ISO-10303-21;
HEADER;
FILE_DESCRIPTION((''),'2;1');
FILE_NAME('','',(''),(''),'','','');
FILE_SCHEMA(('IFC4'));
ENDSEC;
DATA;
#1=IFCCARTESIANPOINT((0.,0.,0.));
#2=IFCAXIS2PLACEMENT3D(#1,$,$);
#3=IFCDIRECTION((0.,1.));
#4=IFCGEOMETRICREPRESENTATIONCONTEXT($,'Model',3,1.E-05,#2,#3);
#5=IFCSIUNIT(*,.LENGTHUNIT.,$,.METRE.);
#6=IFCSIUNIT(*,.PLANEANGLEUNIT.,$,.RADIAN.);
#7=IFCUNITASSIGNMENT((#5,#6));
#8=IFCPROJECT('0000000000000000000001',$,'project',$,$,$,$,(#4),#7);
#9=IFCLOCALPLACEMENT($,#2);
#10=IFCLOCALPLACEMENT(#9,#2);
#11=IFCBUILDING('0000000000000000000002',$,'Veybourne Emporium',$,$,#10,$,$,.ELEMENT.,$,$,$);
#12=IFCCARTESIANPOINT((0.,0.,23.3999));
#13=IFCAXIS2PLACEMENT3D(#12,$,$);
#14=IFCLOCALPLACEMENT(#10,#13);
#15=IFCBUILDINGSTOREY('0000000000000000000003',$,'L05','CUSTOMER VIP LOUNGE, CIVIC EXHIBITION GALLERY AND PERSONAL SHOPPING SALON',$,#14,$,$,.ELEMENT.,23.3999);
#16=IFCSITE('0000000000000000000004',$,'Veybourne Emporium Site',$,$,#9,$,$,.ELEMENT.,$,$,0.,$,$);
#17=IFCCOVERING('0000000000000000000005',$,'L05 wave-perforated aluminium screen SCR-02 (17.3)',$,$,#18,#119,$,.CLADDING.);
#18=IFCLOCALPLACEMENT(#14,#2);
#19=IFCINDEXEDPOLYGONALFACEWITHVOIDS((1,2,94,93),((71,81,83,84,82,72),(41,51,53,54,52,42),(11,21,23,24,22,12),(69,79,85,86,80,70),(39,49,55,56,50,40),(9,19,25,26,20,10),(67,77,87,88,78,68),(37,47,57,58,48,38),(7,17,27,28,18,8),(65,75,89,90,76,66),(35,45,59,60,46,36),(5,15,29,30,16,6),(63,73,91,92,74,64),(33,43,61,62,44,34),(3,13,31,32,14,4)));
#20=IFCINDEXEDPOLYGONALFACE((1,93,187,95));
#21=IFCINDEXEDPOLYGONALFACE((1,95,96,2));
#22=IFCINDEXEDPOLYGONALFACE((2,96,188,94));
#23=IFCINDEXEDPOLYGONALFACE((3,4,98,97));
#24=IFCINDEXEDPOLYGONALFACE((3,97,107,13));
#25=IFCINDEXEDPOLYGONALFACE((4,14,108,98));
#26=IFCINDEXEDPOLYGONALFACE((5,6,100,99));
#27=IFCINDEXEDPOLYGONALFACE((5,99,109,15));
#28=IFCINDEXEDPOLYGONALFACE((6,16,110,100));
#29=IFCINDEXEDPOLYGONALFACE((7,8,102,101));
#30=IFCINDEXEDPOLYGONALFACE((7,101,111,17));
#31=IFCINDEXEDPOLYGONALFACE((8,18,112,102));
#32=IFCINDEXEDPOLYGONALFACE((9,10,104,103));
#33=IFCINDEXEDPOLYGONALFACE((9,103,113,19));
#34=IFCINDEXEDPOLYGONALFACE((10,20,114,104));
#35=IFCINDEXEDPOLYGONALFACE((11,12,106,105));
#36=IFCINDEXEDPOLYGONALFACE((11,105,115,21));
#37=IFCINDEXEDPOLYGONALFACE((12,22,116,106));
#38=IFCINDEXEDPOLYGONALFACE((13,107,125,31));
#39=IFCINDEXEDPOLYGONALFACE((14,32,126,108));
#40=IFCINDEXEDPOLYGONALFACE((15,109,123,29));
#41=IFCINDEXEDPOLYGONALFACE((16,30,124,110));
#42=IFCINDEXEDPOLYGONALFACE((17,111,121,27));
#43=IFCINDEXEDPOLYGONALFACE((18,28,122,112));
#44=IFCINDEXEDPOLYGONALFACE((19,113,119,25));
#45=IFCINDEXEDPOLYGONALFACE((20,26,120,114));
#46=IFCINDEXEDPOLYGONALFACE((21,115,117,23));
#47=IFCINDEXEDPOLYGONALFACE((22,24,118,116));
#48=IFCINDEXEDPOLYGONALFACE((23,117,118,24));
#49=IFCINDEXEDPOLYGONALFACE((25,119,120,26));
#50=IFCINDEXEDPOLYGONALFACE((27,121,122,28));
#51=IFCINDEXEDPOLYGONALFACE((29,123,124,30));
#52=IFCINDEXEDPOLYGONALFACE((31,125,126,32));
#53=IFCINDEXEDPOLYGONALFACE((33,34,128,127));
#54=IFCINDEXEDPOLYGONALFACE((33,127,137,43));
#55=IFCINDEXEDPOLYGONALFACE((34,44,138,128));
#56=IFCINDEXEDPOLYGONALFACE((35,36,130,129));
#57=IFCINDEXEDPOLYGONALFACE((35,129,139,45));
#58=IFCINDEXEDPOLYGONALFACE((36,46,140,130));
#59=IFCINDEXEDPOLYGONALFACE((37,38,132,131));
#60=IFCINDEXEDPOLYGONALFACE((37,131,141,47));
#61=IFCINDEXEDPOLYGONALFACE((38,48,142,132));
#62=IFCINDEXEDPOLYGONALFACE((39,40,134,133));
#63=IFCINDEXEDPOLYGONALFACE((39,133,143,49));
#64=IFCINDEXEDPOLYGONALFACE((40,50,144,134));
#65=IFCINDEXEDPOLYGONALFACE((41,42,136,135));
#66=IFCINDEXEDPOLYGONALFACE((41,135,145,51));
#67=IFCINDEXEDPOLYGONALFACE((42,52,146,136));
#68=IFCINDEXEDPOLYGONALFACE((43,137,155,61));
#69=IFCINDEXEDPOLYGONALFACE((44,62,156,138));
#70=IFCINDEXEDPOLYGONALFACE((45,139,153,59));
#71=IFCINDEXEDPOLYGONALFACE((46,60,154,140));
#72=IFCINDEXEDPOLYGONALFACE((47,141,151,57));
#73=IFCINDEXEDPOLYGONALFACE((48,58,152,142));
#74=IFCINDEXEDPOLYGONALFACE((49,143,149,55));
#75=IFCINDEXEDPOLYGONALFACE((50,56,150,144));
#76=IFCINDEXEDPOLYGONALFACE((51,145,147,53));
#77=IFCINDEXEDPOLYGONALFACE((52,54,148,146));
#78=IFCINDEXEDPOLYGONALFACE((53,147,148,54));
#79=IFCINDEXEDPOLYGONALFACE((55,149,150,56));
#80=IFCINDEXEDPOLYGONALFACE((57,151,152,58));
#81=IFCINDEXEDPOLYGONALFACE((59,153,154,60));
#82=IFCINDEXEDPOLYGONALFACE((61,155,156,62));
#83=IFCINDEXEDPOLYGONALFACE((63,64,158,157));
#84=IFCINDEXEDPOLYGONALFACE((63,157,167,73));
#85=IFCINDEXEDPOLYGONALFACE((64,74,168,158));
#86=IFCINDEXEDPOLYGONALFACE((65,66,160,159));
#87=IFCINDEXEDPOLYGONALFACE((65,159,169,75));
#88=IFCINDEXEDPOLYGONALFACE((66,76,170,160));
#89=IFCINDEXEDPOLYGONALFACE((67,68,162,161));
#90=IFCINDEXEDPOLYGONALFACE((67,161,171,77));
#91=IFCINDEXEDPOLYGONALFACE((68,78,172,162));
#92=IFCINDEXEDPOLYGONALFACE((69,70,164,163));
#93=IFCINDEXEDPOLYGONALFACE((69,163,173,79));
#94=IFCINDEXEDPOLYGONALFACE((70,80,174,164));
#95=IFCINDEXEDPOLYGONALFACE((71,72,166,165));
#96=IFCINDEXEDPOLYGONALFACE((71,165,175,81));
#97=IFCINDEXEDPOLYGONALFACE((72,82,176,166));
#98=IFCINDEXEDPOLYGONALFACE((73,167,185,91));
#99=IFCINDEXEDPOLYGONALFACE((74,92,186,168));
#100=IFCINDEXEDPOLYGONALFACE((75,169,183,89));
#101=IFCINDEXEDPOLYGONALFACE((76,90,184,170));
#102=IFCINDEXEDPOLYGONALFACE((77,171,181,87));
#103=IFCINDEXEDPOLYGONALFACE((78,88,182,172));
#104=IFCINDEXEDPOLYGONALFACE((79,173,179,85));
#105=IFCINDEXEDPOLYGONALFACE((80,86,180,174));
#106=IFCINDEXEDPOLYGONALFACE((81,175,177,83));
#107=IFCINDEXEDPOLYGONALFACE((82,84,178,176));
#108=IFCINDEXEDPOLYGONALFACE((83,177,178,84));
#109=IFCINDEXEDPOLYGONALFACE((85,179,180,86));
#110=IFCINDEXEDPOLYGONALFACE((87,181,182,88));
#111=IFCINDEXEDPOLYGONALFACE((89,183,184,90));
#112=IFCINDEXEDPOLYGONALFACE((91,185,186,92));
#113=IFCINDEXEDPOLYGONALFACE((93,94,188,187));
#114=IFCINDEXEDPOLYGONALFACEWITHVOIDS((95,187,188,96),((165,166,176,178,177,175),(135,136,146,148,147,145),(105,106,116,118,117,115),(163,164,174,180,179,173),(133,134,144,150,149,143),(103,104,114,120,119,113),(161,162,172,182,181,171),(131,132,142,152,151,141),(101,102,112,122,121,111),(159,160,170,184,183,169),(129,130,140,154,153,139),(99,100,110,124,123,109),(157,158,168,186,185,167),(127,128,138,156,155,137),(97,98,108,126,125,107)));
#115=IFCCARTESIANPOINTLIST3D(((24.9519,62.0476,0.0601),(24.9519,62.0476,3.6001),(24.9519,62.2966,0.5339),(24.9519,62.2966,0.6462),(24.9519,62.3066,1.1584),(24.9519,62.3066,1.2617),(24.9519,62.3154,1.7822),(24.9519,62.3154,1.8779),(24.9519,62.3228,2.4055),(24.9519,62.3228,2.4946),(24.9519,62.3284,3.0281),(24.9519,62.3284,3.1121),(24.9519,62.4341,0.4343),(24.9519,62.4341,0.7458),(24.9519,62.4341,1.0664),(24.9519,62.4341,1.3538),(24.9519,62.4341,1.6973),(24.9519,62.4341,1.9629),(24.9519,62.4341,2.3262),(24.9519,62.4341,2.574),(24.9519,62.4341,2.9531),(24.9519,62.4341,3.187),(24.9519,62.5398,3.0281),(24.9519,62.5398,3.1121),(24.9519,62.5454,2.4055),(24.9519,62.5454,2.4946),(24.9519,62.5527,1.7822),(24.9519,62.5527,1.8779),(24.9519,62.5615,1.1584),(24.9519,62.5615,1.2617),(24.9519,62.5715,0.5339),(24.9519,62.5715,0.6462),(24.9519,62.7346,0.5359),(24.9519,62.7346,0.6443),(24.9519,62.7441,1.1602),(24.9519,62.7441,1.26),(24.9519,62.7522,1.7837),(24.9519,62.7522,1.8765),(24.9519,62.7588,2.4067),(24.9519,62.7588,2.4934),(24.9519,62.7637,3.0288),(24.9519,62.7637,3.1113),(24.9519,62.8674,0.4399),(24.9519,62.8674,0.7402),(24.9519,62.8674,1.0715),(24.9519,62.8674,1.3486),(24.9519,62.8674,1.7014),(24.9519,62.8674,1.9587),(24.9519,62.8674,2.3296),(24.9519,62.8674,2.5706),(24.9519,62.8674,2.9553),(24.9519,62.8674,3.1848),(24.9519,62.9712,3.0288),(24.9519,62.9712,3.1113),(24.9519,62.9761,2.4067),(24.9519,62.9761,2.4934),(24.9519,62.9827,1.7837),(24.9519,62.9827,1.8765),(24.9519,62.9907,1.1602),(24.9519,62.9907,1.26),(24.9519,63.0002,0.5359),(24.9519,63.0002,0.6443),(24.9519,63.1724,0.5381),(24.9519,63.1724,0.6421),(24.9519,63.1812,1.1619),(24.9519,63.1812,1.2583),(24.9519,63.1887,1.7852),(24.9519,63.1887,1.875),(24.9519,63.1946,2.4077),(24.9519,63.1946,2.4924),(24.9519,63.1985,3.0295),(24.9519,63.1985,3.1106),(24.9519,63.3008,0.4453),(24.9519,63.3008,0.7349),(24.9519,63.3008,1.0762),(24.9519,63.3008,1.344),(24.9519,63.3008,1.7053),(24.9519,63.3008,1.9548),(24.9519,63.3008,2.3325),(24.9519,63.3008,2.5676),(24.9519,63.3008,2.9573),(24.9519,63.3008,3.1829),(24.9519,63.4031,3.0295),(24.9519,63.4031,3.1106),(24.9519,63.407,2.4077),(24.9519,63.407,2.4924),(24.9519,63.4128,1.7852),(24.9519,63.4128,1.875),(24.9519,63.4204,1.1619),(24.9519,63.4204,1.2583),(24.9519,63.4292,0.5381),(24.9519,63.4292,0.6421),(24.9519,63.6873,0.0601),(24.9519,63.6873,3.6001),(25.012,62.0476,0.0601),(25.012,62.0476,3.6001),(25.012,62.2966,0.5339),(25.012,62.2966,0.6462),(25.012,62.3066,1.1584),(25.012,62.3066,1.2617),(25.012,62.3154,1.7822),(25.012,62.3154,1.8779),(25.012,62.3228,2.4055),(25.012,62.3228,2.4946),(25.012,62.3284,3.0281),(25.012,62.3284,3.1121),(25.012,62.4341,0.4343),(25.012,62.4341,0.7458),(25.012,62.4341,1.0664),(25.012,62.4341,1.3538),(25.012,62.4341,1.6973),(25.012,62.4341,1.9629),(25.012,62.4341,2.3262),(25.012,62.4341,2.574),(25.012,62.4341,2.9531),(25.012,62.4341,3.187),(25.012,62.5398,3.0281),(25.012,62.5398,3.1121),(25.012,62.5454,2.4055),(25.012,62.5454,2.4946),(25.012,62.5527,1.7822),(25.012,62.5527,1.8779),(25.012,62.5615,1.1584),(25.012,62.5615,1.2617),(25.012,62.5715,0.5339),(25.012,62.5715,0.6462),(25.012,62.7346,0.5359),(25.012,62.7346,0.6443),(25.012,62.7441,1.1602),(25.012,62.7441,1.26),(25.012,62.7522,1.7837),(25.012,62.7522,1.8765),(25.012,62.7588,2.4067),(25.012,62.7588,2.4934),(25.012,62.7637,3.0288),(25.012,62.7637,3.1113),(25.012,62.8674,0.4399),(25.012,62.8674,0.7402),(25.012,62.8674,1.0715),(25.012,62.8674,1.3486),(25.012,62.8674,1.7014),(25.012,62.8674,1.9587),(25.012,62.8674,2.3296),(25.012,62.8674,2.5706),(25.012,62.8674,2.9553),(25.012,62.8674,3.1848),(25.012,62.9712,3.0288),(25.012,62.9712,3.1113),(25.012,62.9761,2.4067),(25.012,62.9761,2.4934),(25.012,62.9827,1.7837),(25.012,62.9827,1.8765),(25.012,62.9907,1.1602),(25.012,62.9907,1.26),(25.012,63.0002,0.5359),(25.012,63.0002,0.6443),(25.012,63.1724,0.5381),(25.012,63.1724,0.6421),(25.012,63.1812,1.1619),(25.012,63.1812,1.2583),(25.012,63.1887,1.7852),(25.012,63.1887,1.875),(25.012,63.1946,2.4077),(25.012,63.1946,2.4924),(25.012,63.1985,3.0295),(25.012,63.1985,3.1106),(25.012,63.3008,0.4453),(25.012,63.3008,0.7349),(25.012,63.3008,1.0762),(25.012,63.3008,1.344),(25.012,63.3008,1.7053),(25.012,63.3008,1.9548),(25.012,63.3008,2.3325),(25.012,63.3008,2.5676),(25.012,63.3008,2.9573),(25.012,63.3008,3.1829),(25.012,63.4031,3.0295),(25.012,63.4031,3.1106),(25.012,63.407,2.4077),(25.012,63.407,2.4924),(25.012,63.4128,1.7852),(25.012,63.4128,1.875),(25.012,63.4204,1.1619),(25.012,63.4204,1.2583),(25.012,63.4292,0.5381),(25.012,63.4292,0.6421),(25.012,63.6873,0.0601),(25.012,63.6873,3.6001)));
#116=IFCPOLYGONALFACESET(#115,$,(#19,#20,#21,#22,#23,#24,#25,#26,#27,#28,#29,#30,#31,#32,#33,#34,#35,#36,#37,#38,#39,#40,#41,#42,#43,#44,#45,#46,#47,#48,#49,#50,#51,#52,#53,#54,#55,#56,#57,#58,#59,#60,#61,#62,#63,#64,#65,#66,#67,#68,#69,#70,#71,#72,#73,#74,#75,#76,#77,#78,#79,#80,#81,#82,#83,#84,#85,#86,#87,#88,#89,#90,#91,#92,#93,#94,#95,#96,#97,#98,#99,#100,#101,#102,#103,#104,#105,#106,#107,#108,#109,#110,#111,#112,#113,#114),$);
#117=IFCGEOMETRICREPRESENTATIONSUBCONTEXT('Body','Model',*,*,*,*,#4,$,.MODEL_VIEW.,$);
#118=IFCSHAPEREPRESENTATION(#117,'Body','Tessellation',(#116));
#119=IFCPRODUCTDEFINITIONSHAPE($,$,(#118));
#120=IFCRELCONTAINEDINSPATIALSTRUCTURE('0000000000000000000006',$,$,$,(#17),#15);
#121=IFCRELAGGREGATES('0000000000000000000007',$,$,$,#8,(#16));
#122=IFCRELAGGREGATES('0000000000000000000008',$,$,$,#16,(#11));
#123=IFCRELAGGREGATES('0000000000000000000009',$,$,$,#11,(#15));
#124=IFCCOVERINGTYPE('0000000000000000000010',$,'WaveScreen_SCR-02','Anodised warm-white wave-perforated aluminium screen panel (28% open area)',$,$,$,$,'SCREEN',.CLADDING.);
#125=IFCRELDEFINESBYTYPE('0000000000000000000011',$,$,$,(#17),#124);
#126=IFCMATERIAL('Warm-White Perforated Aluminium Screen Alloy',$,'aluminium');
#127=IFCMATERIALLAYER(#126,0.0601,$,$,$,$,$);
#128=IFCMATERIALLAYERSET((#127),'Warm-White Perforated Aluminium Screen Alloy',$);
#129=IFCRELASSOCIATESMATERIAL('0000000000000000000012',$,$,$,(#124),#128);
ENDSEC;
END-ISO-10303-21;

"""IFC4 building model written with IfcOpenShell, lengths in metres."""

from ifc_helpers import new_model, si_unit, direction, frame, origin, place, context, subcontext, project, spatial, polyline, outline, extrude, material, layer, layer_set, type_object, element, save


model = new_model("IFC4")

# Units and contexts
model_context = context("Model", 3, precision=1e-05, world=origin(), true_north=direction((0.0, 1.0)))
body_context = subcontext(model_context, "Body", "Model", "MODEL_VIEW")
ifc_project = project(units=[si_unit("LENGTHUNIT", "METRE"), si_unit("PLANEANGLEUNIT", "RADIAN")], contexts=[model_context])

# Site, building, storey
site_placement = place(None, origin())
site = spatial("IfcSite", under=ifc_project, at=site_placement, Name="Veybourne Emporium Site", CompositionType="ELEMENT", RefElevation=0.0)
building_placement = place(site_placement, origin())
building = spatial("IfcBuilding", under=site, at=building_placement, Name="Veybourne Emporium", CompositionType="ELEMENT")
storey_placement = place(building_placement, frame((0.0, 0.0, 23.3999)))
storey = spatial("IfcBuildingStorey", under=building, at=storey_placement, Name="L05", Description="CUSTOMER VIP LOUNGE, CIVIC EXHIBITION GALLERY AND PERSONAL SHOPPING SALON", CompositionType="ELEMENT", Elevation=23.3999)

# Covering
ifc_material_1 = material(Name="Warm-White Perforated Aluminium Screen Alloy", Category="aluminium")
ifc_layer_1 = layer(ifc_material_1, 0.0601)
ifc_layer_set_1 = layer_set([ifc_layer_1], Name="Warm-White Perforated Aluminium Screen Alloy")
covering_type_1 = type_object("IfcCoveringType", Name="WaveScreen_SCR-02", Description="Anodised warm-white wave-perforated aluminium screen panel (28% open area)", ElementType="SCREEN", PredefinedType="CLADDING", material=ifc_layer_set_1)
covering_1_placement = place(storey_placement, frame((24.9519, 62.8674, 1.8301), z_axis=(1.0, 0.0, 0.0), x_axis=(0.0, 1.0, 0.0)))
element("IfcCovering", 1, at=covering_1_placement, inside=storey, type_object=covering_type_1, Name="L05 wave-perforated aluminium screen SCR-02 (17.3)", PredefinedType="CLADDING", context=body_context, shape_type="SweptSolid", body=[
    extrude(outline(polyline([(-0.8198, -1.77), (0.8198, -1.77), (0.8198, 1.77), (-0.8198, 1.77), (-0.8198, -1.77)]), holes=[polyline([(-0.4333, -1.0842), (-0.2959, -1.1838), (-0.2959, -1.2961), (-0.4333, -1.3958), (-0.5708, -1.2961), (-0.5708, -1.1838), (-0.4333, -1.0842)]), polyline([(-0.4333, -0.4763), (-0.3059, -0.5684), (-0.3059, -0.6716), (-0.4333, -0.7637), (-0.5608, -0.6716), (-0.5608, -0.5684), (-0.4333, -0.4763)]), polyline([(-0.4333, 0.1328), (-0.3147, 0.0479), (-0.3147, -0.0479), (-0.4333, -0.1328), (-0.552, -0.0479), (-0.552, 0.0479), (-0.4333, 0.1328)]), polyline([(-0.4333, 0.7439), (-0.322, 0.6646), (-0.322, 0.5754), (-0.4333, 0.4961), (-0.5447, 0.5754), (-0.5447, 0.6646), (-0.4333, 0.7439)]), polyline([(-0.4333, 1.3569), (-0.3276, 1.282), (-0.3276, 1.198), (-0.4333, 1.123), (-0.5391, 1.198), (-0.5391, 1.282), (-0.4333, 1.3569)]), polyline([(0.0, -1.0898), (0.1328, -1.1858), (0.1328, -1.2942), (0.0, -1.3901), (-0.1328, -1.2942), (-0.1328, -1.1858), (0.0, -1.0898)]), polyline([(0.0, -0.4814), (0.1233, -0.5701), (0.1233, -0.6699), (0.0, -0.7585), (-0.1233, -0.6699), (-0.1233, -0.5701), (0.0, -0.4814)]), polyline([(0.0, 0.1287), (0.1152, 0.0464), (0.1152, -0.0464), (0.0, -0.1287), (-0.1152, -0.0464), (-0.1152, 0.0464), (0.0, 0.1287)]), polyline([(0.0, 0.7405), (0.1086, 0.6633), (0.1086, 0.5767), (0.0, 0.4995), (-0.1086, 0.5767), (-0.1086, 0.6633), (0.0, 0.7405)]), polyline([(0.0, 1.3547), (0.1038, 1.2812), (0.1038, 1.1987), (0.0, 1.1252), (-0.1038, 1.1987), (-0.1038, 1.2812), (0.0, 1.3547)]), polyline([(0.4333, -1.0952), (0.5618, -1.188), (0.5618, -1.292), (0.4333, -1.3848), (0.3049, -1.292), (0.3049, -1.188), (0.4333, -1.0952)]), polyline([(0.4333, -0.4861), (0.553, -0.5718), (0.553, -0.6682), (0.4333, -0.7539), (0.3137, -0.6682), (0.3137, -0.5718), (0.4333, -0.4861)]), polyline([(0.4333, 0.1248), (0.5454, 0.0449), (0.5454, -0.0449), (0.4333, -0.1248), (0.3213, -0.0449), (0.3213, 0.0449), (0.4333, 0.1248)]), polyline([(0.4333, 0.7375), (0.5396, 0.6624), (0.5396, 0.5776), (0.4333, 0.5024), (0.3271, 0.5776), (0.3271, 0.6624), (0.4333, 0.7375)]), polyline([(0.4333, 1.3528), (0.5356, 1.2805), (0.5356, 1.1995), (0.4333, 1.1272), (0.3311, 1.1995), (0.3311, 1.2805), (0.4333, 1.3528)])]), origin(), (0.0, 0.0, 1.0), 0.0601),
])

save(model, "model.ifc")
